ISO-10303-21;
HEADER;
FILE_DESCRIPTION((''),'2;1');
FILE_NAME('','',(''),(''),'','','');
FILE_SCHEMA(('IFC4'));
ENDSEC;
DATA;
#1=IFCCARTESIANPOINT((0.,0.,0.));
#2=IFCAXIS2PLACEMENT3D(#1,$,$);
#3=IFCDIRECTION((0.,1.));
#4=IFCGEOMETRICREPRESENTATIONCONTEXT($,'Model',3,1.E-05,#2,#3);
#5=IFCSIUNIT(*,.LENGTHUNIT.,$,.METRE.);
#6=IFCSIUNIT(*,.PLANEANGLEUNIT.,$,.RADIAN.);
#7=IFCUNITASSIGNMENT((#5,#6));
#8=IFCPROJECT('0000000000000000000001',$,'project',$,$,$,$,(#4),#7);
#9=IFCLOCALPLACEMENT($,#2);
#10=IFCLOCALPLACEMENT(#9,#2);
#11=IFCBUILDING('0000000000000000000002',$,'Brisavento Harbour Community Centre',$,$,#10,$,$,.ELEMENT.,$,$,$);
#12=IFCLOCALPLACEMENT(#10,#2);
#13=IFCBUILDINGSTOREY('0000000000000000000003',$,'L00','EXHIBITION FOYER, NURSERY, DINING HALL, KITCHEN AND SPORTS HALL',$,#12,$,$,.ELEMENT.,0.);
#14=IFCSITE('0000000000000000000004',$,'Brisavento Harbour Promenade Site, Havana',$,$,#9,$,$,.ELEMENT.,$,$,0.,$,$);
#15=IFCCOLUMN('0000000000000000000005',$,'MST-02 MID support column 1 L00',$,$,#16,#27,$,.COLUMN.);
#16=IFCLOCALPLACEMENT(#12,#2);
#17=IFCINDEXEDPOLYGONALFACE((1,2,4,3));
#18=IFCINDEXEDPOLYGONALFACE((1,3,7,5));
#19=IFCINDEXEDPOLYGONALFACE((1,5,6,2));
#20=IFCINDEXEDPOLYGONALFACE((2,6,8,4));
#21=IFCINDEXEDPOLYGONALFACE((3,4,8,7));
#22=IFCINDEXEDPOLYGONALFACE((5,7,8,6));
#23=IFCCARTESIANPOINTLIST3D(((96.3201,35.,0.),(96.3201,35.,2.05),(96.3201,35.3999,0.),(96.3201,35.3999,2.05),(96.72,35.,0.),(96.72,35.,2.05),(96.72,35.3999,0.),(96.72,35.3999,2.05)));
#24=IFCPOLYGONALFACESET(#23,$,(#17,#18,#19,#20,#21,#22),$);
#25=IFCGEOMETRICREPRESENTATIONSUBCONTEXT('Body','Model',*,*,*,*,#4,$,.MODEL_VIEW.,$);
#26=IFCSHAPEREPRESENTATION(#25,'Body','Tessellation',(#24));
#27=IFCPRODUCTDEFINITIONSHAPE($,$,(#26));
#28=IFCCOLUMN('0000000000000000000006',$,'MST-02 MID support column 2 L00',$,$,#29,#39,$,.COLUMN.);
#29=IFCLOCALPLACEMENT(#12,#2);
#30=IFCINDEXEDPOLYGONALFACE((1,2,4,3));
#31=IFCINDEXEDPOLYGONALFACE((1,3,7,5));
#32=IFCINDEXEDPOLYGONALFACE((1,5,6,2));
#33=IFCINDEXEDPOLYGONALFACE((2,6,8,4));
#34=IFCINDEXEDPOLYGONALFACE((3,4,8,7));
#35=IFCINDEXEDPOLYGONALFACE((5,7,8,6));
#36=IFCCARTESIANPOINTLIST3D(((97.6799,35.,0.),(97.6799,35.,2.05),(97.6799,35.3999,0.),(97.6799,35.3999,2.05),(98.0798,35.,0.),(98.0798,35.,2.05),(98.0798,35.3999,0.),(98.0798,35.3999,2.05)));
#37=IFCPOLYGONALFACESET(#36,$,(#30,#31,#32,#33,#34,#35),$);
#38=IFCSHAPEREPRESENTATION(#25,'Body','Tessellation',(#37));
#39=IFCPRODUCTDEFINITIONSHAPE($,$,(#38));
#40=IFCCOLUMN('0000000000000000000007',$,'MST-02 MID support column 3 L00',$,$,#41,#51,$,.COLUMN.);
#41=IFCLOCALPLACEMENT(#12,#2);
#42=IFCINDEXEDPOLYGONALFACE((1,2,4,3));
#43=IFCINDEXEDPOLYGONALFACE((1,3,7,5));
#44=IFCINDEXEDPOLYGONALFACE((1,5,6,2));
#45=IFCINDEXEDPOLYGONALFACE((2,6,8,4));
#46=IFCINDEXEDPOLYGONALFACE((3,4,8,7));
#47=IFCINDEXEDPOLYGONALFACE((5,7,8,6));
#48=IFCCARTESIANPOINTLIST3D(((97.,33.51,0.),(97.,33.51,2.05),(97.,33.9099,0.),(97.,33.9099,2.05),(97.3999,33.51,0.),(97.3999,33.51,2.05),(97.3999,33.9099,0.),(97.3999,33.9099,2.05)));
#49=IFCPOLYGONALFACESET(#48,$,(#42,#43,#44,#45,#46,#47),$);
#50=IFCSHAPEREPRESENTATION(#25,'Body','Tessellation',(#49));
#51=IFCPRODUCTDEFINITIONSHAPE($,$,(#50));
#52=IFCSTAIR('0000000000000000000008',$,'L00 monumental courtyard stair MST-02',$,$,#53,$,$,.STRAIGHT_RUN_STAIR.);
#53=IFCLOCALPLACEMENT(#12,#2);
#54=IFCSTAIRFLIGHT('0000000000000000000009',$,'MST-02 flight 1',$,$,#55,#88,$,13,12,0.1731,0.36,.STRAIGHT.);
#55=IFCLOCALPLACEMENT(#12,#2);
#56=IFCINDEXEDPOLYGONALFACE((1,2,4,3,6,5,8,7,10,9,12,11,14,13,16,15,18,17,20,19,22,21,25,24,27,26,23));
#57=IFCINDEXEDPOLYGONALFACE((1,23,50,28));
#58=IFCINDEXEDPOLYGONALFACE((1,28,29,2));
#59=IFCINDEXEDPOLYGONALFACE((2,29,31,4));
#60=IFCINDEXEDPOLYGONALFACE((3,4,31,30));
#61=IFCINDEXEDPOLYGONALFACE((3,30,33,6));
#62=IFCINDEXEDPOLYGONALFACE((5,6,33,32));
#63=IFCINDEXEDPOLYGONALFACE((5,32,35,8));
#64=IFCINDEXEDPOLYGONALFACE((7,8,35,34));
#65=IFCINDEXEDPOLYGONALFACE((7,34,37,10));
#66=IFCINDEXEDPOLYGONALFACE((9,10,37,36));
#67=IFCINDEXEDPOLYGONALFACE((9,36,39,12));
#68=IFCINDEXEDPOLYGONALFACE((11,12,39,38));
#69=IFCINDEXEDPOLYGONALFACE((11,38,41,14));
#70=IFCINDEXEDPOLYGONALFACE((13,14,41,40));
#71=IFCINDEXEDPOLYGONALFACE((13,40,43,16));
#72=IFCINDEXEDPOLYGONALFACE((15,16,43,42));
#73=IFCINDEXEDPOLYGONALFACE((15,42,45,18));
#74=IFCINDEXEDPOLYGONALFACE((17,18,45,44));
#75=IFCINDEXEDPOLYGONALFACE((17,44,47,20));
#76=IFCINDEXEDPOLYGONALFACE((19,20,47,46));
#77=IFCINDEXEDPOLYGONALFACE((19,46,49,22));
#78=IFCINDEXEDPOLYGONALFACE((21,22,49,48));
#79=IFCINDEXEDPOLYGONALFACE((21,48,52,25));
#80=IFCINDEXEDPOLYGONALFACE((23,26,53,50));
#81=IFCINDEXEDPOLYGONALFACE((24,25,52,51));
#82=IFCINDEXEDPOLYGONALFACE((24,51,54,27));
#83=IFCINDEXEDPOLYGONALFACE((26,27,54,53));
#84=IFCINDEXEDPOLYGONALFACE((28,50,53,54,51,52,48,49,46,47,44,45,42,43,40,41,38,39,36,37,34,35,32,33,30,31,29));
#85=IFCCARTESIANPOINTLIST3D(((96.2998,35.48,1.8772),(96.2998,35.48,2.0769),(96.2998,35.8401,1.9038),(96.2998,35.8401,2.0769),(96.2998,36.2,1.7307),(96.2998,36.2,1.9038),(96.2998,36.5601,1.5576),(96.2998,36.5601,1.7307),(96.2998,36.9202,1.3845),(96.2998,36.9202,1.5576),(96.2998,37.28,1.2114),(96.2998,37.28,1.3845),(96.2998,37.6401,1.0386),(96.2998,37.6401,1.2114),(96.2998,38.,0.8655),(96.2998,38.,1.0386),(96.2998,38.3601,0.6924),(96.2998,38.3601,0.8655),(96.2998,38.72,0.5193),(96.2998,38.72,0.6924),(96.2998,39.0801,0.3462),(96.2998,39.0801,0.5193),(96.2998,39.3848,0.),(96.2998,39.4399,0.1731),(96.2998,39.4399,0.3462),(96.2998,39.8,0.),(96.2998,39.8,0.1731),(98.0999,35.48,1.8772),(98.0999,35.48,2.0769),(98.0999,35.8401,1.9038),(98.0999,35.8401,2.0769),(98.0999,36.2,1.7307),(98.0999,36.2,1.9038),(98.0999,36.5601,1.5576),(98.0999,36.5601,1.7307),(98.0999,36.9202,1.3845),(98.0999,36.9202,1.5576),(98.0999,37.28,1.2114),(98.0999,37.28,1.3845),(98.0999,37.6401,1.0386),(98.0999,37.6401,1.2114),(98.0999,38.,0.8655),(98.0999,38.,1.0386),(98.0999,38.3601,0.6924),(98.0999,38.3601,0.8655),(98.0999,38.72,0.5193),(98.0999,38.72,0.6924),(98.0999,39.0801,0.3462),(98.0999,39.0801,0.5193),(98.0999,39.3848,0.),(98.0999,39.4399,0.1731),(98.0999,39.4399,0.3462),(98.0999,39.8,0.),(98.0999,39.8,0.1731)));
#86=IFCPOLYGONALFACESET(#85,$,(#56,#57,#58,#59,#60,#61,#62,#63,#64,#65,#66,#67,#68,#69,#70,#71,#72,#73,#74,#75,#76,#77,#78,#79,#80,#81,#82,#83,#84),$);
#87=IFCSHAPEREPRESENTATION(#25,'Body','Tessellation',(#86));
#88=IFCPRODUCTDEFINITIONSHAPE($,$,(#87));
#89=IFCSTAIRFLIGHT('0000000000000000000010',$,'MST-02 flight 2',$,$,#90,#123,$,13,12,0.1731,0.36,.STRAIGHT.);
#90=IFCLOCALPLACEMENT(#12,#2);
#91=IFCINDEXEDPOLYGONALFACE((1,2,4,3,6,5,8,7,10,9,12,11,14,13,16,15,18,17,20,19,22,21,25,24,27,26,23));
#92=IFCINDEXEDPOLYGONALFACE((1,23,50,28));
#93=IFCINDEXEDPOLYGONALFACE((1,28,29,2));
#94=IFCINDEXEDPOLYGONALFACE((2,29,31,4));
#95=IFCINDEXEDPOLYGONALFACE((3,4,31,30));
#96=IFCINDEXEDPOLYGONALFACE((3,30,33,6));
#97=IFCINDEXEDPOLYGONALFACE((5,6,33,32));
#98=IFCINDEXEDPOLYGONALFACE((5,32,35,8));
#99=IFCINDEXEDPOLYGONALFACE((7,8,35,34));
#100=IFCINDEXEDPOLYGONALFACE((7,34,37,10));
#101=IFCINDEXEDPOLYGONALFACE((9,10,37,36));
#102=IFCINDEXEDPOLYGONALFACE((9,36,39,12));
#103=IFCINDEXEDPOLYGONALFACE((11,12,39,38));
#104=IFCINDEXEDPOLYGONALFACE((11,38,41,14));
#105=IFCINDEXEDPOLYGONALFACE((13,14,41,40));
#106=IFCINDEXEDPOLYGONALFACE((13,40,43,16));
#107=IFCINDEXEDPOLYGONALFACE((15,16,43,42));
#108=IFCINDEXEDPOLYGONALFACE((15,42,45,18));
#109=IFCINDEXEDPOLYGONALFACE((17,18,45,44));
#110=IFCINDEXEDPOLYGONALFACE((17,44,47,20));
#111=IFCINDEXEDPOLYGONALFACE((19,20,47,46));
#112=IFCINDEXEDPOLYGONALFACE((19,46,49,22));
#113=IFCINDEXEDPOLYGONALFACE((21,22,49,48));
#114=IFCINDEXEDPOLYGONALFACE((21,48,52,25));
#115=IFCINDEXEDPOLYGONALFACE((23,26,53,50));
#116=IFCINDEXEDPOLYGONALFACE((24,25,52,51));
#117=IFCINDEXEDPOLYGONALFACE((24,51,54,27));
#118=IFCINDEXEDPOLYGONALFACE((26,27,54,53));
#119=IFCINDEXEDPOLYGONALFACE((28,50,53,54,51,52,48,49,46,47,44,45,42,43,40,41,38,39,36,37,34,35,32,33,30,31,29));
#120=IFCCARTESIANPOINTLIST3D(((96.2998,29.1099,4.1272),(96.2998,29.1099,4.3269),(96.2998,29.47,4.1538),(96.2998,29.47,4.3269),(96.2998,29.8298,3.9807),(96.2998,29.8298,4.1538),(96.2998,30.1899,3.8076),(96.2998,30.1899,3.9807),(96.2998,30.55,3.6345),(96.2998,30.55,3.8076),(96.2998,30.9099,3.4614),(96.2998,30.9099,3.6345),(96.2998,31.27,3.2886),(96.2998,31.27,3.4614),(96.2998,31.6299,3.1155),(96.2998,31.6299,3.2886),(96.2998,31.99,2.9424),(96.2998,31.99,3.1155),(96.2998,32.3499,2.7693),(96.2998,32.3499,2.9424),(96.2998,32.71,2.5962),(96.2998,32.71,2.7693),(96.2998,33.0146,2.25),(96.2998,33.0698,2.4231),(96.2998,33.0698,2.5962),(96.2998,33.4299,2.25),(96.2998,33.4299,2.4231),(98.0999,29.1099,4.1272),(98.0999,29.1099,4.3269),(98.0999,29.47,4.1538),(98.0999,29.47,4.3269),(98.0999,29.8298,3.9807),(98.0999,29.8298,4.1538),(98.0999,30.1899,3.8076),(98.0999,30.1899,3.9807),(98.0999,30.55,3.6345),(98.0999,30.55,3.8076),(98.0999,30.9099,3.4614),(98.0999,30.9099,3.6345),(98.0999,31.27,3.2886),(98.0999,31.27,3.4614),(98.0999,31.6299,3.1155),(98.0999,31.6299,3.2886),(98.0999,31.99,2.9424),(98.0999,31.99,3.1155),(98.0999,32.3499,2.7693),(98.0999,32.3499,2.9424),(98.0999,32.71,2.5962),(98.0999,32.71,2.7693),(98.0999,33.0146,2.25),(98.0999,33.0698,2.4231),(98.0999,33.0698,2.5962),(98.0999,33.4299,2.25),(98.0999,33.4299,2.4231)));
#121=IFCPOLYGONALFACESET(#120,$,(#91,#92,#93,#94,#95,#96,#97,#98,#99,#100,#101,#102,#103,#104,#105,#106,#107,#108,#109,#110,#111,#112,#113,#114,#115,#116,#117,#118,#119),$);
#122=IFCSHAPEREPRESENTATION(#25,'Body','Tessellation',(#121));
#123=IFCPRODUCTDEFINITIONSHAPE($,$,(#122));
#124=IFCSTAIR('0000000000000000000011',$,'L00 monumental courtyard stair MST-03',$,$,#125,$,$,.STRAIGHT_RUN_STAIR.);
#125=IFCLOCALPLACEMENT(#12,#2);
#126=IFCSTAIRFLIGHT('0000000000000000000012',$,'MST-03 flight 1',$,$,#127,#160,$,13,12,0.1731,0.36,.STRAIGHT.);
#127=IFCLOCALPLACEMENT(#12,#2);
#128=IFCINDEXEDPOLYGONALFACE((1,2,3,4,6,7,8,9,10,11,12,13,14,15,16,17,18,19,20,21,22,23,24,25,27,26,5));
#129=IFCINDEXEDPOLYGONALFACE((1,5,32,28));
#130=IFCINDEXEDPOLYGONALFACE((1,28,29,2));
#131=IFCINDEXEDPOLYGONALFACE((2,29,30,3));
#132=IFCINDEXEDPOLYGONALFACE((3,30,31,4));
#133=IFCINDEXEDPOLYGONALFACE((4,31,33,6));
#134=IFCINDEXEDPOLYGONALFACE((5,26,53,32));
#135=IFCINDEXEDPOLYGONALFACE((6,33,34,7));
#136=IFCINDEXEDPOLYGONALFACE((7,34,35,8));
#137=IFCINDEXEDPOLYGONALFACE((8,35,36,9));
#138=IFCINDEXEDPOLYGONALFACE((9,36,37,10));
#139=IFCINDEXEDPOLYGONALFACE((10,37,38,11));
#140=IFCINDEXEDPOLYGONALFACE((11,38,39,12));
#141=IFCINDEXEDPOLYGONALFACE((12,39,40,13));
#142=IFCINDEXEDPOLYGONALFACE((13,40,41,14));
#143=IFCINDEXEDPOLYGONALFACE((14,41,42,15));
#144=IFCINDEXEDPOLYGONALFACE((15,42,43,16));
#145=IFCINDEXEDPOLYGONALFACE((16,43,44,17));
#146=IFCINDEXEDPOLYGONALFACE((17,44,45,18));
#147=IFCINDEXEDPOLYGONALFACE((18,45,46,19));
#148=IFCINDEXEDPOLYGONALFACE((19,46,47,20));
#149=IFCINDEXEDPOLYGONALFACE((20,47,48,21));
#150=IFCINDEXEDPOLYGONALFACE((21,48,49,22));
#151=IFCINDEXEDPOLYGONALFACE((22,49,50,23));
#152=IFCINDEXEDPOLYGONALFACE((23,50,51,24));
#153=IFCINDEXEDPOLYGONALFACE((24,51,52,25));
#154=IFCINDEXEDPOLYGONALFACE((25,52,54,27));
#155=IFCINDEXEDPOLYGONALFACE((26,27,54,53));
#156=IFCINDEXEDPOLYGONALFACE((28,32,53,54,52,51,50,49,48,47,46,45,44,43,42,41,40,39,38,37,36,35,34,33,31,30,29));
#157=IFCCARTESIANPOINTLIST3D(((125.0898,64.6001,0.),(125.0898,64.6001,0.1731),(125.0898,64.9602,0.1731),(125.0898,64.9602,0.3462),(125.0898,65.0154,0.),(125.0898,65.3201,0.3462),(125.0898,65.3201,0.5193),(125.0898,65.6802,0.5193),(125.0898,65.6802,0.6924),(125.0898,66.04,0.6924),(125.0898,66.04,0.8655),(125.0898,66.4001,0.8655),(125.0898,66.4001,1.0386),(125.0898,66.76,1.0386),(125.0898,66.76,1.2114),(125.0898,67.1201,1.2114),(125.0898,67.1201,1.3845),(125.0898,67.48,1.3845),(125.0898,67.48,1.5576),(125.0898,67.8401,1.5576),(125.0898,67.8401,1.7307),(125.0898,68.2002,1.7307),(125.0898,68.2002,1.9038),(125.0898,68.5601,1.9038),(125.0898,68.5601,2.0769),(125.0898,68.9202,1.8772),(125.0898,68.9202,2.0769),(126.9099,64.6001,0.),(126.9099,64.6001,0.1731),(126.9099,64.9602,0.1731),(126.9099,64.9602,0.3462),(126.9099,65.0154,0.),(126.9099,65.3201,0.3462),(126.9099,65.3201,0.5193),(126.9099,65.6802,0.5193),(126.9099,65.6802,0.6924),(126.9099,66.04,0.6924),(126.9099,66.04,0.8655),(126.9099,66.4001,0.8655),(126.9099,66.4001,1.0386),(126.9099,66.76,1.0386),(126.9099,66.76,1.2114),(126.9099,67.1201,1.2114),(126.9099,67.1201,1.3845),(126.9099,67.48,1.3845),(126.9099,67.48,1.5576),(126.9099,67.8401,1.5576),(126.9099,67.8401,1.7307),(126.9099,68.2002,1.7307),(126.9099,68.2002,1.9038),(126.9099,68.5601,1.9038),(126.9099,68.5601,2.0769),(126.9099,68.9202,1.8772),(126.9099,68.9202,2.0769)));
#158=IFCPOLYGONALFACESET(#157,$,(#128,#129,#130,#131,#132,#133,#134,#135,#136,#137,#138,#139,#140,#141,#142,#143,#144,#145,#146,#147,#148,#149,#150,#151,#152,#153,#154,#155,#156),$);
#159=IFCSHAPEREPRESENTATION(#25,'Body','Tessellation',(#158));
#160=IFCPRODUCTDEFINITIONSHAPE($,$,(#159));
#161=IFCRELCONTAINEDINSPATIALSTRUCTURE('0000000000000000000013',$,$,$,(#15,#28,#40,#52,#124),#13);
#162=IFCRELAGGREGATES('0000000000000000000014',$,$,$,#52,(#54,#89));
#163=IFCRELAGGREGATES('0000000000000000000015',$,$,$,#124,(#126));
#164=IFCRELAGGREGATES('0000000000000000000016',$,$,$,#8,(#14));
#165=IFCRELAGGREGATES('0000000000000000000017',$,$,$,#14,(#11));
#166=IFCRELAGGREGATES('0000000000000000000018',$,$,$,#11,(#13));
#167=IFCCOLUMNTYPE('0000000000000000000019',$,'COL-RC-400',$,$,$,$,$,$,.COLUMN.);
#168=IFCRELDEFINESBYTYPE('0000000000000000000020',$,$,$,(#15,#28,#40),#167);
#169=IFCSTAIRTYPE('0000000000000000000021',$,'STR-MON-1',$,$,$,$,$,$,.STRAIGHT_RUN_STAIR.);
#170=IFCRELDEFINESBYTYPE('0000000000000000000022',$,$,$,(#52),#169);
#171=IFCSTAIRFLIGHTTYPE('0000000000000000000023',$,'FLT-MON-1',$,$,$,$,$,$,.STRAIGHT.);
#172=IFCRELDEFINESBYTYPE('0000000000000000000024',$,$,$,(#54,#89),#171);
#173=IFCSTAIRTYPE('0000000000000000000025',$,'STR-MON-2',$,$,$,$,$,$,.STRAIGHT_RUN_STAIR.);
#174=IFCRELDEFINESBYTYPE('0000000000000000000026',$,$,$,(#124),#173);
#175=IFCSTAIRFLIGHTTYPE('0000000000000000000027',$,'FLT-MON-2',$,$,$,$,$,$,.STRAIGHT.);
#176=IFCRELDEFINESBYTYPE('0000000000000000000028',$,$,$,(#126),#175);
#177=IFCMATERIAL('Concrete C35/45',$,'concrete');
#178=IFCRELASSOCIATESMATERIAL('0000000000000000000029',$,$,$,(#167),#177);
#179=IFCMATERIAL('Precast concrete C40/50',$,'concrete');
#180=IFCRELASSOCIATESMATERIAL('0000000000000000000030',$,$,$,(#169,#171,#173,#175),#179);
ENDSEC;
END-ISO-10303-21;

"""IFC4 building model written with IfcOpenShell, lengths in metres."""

from ifc_helpers import new_model, si_unit, direction, frame, origin, origin_2d, place, context, subcontext, project, spatial, polyline, rectangle, outline, extrude, material, material_profile, profile_set, type_object, element, aggregate, save


model = new_model("IFC4")

# Units and contexts
model_context = context("Model", 3, precision=1e-05, world=origin(), true_north=direction((0.0, 1.0)))
body_context = subcontext(model_context, "Body", "Model", "MODEL_VIEW")
ifc_project = project(units=[si_unit("LENGTHUNIT", "METRE"), si_unit("PLANEANGLEUNIT", "RADIAN")], contexts=[model_context])

# Site, building, storey
site_placement = place(None, origin())
site = spatial("IfcSite", under=ifc_project, at=site_placement, Name="Brisavento Harbour Promenade Site, Havana", CompositionType="ELEMENT", RefElevation=0.0)
building_placement = place(site_placement, origin())
building = spatial("IfcBuilding", under=site, at=building_placement, Name="Brisavento Harbour Community Centre", CompositionType="ELEMENT")
storey_placement = place(building_placement, origin())
storey = spatial("IfcBuildingStorey", under=building, at=storey_placement, Name="L00", Description="EXHIBITION FOYER, NURSERY, DINING HALL, KITCHEN AND SPORTS HALL", CompositionType="ELEMENT", Elevation=0.0)

# Columns
ifc_material_1 = material(Name="Concrete C35/45", Category="concrete")
ifc_material_profile = material_profile(ifc_material_1, rectangle(XDim=0.3999, YDim=0.3999, at=origin_2d()), Name="Concrete C35/45")
ifc_profile_set = profile_set([ifc_material_profile], Name="Concrete C35/45")
column_type = type_object("IfcColumnType", Name="COL-RC-400", PredefinedType="COLUMN", material=ifc_profile_set)
for number, where, z_axis, x_axis, name in (
    (1, (96.52, 35.2, 0.0), (0.0, 0.0, 1.0), (1.0, 0.0, 0.0), "MST-02 MID support column 1 L00"),
    (2, (97.8799, 35.2, 0.0), (0.0, 0.0, 1.0), (1.0, 0.0, 0.0), "MST-02 MID support column 2 L00"),
    (3, (97.2, 33.71, 0.0), (0.0, 0.0, 1.0), (1.0, 0.0, 0.0), "MST-02 MID support column 3 L00"),
):
    element("IfcColumn", number, at=place(storey_placement, frame(where, z_axis=z_axis, x_axis=x_axis)), inside=storey, type_object=column_type, Name=name, PredefinedType="COLUMN", context=body_context, shape_type="SweptSolid", body=[
        extrude(rectangle(XDim=0.3999, YDim=0.3999, at=origin_2d()), origin(), (0.0, 0.0, 1.0), 2.05),
    ])

# Stair, stair flights
ifc_material_2 = material(Name="Precast concrete C40/50", Category="concrete")
stair_type_1 = type_object("IfcStairType", Name="STR-MON-1", PredefinedType="STRAIGHT_RUN_STAIR", material=ifc_material_2)
stair_1_placement = place(storey_placement, origin())
stair_1 = element("IfcStair", 4, at=stair_1_placement, inside=storey, type_object=stair_type_1, Name="L00 monumental courtyard stair MST-02", PredefinedType="STRAIGHT_RUN_STAIR")
stair_flight_type_1 = type_object("IfcStairFlightType", Name="FLT-MON-1", PredefinedType="STRAIGHT", material=ifc_material_2)
stair_flight_1_placement = place(storey_placement, frame((97.2, 39.8, 0.0), z_axis=(0.0, 0.0, 1.0), x_axis=(0.0, -1.0, 0.0)))
stair_flight_1 = element("IfcStairFlight", 5, at=stair_flight_1_placement, type_object=stair_flight_type_1, Name="MST-02 flight 1", NumberOfRisers=13, NumberOfTreads=12, PredefinedType="STRAIGHT", RiserHeight=0.1731, TreadLength=0.36, context=body_context, shape_type="SweptSolid", body=[
    extrude(outline(polyline([(0.0, 0.0), (0.0, 0.1731), (0.3601, 0.1731), (0.3601, 0.3462), (0.72, 0.3462), (0.72, 0.5193), (1.0801, 0.5193), (1.0801, 0.6924), (1.4399, 0.6924), (1.4399, 0.8655), (1.8, 0.8655), (1.8, 1.0386), (2.1599, 1.0386), (2.1599, 1.2114), (2.52, 1.2114), (2.52, 1.3845), (2.8799, 1.3845), (2.8799, 1.5576), (3.24, 1.5576), (3.24, 1.7307), (3.6001, 1.7307), (3.6001, 1.9038), (3.96, 1.9038), (3.96, 2.0769), (4.3201, 2.0769), (4.3201, 2.25), (4.3201, 1.8772), (0.4153, 0.0), (0.0, 0.0)])), frame((0.0, 0.8999, 0.0), z_axis=(0.0, -1.0, 0.0), x_axis=(1.0, 0.0, 0.0)), (0.0, 0.0, 1.0), 1.8),
])
stair_flight_2_placement = place(storey_placement, frame((97.2, 33.4299, 2.25), z_axis=(0.0, 0.0, 1.0), x_axis=(0.0, -1.0, 0.0)))
stair_flight_2 = element("IfcStairFlight", 6, at=stair_flight_2_placement, type_object=stair_flight_type_1, Name="MST-02 flight 2", NumberOfRisers=13, NumberOfTreads=12, PredefinedType="STRAIGHT", RiserHeight=0.1731, TreadLength=0.36, context=body_context, shape_type="SweptSolid", body=[
    extrude(outline(polyline([(0.0, 0.0), (0.0, 0.1731), (0.3601, 0.1731), (0.3601, 0.3462), (0.72, 0.3462), (0.72, 0.5193), (1.0801, 0.5193), (1.0801, 0.6924), (1.4399, 0.6924), (1.4399, 0.8655), (1.8, 0.8655), (1.8, 1.0386), (2.1599, 1.0386), (2.1599, 1.2114), (2.52, 1.2114), (2.52, 1.3845), (2.8799, 1.3845), (2.8799, 1.5576), (3.24, 1.5576), (3.24, 1.7307), (3.6001, 1.7307), (3.6001, 1.9038), (3.96, 1.9038), (3.96, 2.0769), (4.3201, 2.0769), (4.3201, 2.25), (4.3201, 1.8772), (0.4153, 0.0), (0.0, 0.0)])), frame((0.0, 0.8999, 0.0), z_axis=(0.0, -1.0, 0.0), x_axis=(1.0, 0.0, 0.0)), (0.0, 0.0, 1.0), 1.8),
])
aggregate(stair_1, [stair_flight_1, stair_flight_2])

# Stair, stair flight
stair_type_2 = type_object("IfcStairType", Name="STR-MON-2", PredefinedType="STRAIGHT_RUN_STAIR", material=ifc_material_2)
stair_2_placement = place(storey_placement, origin())
stair_2 = element("IfcStair", 7, at=stair_2_placement, inside=storey, type_object=stair_type_2, Name="L00 monumental courtyard stair MST-03", PredefinedType="STRAIGHT_RUN_STAIR")
stair_flight_type_2 = type_object("IfcStairFlightType", Name="FLT-MON-2", PredefinedType="STRAIGHT", material=ifc_material_2)
stair_flight_3_placement = place(storey_placement, frame((126.0, 64.6001, 0.0), z_axis=(0.0, 0.0, 1.0), x_axis=(0.0, 1.0, 0.0)))
stair_flight_3 = element("IfcStairFlight", 8, at=stair_flight_3_placement, type_object=stair_flight_type_2, Name="MST-03 flight 1", NumberOfRisers=13, NumberOfTreads=12, PredefinedType="STRAIGHT", RiserHeight=0.1731, TreadLength=0.36, context=body_context, shape_type="SweptSolid", body=[
    extrude(outline(polyline([(0.0, 0.0), (0.0, 0.1731), (0.3601, 0.1731), (0.3601, 0.3462), (0.72, 0.3462), (0.72, 0.5193), (1.0801, 0.5193), (1.0801, 0.6924), (1.4399, 0.6924), (1.4399, 0.8655), (1.8, 0.8655), (1.8, 1.0386), (2.1599, 1.0386), (2.1599, 1.2114), (2.52, 1.2114), (2.52, 1.3845), (2.8799, 1.3845), (2.8799, 1.5576), (3.24, 1.5576), (3.24, 1.7307), (3.6001, 1.7307), (3.6001, 1.9038), (3.96, 1.9038), (3.96, 2.0769), (4.3201, 2.0769), (4.3201, 2.25), (4.3201, 1.8772), (0.4153, 0.0), (0.0, 0.0)])), frame((0.0, 0.9102, 0.0), z_axis=(0.0, -1.0, 0.0), x_axis=(1.0, 0.0, 0.0)), (0.0, 0.0, 1.0), 1.8201),
])
aggregate(stair_2, [stair_flight_3])

save(model, "model.ifc")
